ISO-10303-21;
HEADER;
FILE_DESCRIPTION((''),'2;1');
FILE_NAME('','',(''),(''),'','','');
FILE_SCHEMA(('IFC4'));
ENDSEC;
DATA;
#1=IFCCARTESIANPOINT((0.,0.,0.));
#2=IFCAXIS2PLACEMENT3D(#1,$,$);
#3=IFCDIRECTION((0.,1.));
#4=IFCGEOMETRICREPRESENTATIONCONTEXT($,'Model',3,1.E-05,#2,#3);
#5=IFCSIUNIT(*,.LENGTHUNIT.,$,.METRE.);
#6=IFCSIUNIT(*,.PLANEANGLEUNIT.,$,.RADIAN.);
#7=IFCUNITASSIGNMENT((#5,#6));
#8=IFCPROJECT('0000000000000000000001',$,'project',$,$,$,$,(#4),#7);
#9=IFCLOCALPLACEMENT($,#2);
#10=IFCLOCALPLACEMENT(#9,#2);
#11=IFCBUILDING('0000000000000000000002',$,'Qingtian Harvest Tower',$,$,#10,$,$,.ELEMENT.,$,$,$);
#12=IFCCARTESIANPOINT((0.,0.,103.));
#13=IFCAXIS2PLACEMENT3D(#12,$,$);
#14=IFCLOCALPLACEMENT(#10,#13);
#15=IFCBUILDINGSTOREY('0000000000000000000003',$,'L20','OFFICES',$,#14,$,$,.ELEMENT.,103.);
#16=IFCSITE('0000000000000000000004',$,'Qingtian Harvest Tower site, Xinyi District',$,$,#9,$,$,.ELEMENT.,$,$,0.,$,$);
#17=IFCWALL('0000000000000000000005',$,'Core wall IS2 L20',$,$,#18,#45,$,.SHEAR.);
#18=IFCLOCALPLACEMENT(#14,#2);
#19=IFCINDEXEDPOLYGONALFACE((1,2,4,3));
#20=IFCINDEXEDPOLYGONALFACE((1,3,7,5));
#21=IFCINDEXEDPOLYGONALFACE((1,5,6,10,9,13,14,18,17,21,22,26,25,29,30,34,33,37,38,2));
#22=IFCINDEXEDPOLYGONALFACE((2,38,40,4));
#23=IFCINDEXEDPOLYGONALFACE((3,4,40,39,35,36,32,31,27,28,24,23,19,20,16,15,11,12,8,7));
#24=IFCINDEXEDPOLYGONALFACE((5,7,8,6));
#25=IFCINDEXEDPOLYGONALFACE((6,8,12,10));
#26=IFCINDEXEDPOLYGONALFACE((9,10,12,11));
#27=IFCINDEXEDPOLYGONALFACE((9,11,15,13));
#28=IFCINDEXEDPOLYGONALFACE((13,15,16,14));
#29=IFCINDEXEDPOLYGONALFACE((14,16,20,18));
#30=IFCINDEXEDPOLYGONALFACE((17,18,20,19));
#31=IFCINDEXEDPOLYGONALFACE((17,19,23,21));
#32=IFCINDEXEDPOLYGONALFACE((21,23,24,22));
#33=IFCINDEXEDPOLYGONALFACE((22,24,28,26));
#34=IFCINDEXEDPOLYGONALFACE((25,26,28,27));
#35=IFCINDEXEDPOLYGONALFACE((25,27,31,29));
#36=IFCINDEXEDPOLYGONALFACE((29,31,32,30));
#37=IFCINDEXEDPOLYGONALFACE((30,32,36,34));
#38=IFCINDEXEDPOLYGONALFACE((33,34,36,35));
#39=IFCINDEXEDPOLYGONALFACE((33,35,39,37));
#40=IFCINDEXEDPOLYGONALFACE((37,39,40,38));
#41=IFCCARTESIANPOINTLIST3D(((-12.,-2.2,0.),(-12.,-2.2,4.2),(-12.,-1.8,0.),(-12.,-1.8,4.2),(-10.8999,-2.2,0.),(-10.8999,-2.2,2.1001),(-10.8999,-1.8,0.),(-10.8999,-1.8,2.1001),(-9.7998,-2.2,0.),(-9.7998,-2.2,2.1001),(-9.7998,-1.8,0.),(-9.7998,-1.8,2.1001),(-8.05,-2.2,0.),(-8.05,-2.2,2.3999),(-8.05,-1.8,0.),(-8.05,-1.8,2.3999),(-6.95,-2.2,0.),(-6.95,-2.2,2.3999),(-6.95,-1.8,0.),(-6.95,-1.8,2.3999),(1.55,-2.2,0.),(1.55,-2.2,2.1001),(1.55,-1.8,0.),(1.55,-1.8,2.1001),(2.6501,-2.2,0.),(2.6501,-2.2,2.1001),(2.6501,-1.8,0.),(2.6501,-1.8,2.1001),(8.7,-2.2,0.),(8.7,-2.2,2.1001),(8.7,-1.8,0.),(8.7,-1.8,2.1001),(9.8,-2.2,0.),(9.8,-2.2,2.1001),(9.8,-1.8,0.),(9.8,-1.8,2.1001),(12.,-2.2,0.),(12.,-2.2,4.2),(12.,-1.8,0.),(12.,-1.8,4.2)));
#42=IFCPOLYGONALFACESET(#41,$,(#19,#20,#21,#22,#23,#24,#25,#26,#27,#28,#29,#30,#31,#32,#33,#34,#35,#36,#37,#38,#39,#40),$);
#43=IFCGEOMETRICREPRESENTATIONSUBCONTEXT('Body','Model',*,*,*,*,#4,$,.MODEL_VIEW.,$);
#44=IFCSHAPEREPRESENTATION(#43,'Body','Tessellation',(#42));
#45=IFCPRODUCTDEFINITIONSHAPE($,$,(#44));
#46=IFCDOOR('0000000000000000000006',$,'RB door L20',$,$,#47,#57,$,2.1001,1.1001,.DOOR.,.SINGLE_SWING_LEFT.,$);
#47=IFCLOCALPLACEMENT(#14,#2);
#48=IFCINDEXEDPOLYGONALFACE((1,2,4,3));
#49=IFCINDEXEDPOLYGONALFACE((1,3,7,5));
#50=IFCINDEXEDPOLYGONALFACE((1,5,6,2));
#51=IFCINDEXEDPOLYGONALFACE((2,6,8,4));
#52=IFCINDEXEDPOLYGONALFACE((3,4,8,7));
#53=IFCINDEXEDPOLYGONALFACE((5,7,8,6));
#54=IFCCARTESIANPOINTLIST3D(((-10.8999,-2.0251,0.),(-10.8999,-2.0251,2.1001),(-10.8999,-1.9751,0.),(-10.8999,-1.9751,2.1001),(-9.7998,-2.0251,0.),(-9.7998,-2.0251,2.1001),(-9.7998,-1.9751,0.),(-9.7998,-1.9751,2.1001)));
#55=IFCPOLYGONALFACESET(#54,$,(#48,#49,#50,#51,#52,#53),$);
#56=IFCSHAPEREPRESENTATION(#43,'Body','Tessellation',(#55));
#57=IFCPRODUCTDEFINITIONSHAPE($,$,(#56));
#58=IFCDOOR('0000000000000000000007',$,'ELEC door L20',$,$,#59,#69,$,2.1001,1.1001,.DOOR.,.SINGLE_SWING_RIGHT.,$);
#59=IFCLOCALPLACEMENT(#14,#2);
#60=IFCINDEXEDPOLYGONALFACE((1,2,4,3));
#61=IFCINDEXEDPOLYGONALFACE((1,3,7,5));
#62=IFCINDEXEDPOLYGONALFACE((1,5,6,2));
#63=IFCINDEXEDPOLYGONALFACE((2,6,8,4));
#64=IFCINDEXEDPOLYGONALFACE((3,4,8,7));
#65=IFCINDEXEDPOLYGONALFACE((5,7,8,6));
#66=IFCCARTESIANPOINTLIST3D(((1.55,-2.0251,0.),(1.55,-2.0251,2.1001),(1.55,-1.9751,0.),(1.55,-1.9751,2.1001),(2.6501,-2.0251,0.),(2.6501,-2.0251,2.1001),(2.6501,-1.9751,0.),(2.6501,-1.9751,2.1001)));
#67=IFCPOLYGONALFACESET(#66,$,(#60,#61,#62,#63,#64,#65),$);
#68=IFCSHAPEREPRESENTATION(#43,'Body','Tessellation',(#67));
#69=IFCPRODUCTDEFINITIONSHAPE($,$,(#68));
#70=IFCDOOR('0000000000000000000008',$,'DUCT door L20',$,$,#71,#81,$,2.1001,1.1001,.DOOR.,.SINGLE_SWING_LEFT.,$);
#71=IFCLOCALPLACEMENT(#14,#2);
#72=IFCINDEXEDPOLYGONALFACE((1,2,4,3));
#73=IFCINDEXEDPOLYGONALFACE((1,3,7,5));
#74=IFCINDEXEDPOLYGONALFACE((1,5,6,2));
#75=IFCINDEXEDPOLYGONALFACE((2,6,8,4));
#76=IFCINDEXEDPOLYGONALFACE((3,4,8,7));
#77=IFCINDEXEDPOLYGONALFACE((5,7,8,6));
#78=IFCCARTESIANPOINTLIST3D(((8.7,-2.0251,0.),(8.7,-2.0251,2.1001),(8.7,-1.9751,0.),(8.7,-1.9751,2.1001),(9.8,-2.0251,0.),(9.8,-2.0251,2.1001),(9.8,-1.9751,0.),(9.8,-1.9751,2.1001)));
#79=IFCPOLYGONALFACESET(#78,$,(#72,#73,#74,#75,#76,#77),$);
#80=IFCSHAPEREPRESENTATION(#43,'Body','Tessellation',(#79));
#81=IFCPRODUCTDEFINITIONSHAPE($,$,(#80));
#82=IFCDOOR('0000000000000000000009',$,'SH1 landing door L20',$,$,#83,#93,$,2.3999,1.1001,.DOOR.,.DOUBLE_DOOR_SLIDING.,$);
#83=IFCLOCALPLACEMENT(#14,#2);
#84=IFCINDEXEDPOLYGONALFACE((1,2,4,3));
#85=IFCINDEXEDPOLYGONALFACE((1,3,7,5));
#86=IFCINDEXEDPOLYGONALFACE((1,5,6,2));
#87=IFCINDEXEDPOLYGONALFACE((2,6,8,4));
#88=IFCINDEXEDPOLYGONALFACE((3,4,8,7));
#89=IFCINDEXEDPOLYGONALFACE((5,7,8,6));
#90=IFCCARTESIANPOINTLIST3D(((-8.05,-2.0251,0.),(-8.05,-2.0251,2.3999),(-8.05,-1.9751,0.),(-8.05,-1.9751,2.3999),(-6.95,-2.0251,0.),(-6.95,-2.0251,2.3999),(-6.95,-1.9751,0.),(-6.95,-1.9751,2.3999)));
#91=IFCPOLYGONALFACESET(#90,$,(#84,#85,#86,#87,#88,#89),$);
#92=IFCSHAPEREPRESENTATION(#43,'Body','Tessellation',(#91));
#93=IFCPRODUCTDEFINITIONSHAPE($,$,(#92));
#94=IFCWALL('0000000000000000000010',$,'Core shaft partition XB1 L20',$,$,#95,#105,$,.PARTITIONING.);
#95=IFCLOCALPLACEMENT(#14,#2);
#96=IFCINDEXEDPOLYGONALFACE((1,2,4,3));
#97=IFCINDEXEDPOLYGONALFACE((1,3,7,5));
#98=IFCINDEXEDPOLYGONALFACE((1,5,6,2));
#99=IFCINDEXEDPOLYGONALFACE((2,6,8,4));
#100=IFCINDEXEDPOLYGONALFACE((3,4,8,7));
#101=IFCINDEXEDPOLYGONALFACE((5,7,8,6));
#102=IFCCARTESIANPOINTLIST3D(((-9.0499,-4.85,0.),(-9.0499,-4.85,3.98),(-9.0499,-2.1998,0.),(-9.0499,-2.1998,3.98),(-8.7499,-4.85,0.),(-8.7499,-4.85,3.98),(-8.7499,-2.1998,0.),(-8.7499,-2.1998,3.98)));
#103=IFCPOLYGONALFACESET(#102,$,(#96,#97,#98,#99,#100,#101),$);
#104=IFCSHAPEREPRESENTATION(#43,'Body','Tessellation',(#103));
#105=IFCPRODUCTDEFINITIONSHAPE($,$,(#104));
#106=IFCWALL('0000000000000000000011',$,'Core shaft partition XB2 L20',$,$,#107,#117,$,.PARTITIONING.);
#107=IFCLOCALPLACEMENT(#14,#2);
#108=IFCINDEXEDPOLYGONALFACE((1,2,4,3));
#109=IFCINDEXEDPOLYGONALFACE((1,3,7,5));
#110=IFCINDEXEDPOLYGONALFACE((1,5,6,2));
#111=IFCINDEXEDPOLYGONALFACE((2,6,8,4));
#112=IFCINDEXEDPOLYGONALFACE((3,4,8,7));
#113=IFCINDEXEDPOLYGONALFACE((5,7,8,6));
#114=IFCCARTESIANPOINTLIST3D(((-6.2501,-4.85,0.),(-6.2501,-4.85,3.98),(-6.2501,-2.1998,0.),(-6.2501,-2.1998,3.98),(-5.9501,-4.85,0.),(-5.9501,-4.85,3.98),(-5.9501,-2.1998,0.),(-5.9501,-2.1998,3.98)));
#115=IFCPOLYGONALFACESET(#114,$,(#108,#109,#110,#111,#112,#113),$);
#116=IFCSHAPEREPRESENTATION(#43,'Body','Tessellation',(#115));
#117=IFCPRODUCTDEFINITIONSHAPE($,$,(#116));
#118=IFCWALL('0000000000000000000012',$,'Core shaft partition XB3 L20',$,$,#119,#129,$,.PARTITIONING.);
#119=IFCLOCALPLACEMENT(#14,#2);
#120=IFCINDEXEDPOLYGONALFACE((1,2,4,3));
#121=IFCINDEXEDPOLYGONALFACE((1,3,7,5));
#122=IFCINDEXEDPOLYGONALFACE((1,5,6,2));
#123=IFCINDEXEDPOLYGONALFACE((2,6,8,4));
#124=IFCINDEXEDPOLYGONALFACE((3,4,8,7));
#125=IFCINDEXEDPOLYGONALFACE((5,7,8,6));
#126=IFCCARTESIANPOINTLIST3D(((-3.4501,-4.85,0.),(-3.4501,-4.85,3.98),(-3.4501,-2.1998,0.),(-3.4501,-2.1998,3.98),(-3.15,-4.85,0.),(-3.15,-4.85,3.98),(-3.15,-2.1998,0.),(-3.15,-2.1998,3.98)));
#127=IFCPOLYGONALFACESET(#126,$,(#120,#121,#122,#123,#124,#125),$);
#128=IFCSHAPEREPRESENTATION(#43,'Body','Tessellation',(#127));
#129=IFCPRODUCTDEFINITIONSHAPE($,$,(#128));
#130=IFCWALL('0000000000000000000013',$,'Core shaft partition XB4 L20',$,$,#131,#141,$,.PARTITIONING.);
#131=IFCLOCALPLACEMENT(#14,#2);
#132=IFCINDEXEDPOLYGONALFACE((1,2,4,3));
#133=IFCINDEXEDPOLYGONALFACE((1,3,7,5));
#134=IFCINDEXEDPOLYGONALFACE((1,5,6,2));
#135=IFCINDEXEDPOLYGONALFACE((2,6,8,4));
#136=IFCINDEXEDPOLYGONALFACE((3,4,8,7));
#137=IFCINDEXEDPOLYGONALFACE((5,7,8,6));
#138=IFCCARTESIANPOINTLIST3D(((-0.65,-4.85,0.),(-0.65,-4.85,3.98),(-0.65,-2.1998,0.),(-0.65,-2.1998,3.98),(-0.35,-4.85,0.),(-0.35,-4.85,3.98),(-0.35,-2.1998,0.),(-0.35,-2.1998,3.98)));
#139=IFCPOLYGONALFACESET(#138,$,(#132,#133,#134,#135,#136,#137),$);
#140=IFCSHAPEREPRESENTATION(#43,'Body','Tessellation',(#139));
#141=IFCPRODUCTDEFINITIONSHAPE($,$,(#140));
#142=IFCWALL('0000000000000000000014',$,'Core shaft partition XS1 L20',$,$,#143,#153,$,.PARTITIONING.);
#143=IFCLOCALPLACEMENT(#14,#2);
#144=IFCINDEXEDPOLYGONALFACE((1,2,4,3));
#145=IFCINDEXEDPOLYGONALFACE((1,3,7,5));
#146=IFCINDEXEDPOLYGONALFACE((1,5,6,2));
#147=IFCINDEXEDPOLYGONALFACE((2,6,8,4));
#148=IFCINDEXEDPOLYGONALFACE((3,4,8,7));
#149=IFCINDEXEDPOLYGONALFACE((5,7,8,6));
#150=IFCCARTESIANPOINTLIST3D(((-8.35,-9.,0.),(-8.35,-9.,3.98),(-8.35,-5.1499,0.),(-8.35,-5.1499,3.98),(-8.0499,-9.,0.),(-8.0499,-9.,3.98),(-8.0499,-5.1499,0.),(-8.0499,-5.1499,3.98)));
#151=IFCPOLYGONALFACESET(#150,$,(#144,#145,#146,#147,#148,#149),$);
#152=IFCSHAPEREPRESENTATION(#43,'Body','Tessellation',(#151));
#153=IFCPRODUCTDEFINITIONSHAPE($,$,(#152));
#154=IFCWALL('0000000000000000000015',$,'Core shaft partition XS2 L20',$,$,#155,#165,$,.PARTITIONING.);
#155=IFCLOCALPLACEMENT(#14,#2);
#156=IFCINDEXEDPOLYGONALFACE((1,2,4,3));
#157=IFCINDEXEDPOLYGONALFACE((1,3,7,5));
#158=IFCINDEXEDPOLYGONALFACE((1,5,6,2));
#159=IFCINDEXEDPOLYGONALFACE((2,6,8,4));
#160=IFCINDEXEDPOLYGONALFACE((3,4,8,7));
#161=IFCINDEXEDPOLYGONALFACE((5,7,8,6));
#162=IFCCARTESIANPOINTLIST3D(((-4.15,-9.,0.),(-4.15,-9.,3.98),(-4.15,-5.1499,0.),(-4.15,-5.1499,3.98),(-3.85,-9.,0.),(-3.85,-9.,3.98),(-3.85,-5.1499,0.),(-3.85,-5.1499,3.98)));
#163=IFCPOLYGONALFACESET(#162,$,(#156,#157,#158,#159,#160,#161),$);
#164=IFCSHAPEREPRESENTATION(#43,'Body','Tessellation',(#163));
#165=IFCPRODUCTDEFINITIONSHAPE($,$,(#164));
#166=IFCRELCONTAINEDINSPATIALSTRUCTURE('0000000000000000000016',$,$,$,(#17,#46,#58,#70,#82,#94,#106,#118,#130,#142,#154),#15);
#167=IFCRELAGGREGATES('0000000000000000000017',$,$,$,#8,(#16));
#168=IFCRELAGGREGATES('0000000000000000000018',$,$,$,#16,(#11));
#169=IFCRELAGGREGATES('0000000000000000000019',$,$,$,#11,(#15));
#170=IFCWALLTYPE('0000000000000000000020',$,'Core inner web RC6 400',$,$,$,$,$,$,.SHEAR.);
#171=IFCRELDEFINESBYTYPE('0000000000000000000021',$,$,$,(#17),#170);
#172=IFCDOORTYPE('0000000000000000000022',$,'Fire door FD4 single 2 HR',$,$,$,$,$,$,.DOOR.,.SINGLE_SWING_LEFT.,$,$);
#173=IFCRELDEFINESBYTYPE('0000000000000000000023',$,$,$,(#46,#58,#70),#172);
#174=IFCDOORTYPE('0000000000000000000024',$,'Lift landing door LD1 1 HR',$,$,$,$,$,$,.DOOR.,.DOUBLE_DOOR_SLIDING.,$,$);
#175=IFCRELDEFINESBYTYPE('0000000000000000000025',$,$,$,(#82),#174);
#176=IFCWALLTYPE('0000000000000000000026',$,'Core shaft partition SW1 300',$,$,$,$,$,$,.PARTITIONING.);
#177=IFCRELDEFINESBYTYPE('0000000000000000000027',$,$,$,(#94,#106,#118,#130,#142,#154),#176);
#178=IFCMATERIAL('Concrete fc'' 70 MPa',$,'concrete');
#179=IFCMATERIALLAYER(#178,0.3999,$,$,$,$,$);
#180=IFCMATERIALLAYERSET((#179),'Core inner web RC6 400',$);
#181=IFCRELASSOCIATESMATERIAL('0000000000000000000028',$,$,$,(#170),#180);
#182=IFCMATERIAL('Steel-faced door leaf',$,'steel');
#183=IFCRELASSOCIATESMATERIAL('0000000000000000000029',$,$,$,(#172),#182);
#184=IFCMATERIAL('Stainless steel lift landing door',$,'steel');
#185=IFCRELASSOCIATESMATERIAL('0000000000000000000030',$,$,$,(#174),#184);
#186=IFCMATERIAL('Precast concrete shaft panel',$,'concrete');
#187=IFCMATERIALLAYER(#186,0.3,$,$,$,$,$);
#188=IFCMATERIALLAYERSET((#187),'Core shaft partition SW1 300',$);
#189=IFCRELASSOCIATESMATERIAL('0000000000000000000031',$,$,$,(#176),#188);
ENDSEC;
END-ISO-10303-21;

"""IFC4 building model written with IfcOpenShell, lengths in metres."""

from ifc_helpers import new_model, si_unit, direction, frame, frame_2d, origin, place, context, subcontext, project, spatial, rectangle, extrude, material, layer, layer_set, type_object, element, fill, save


model = new_model("IFC4")

# Units and contexts
model_context = context("Model", 3, precision=1e-05, world=origin(), true_north=direction((0.0, 1.0)))
body_context = subcontext(model_context, "Body", "Model", "MODEL_VIEW")
ifc_project = project(units=[si_unit("LENGTHUNIT", "METRE"), si_unit("PLANEANGLEUNIT", "RADIAN")], contexts=[model_context])

# Site, building, storey
site_placement = place(None, origin())
site = spatial("IfcSite", under=ifc_project, at=site_placement, Name="Qingtian Harvest Tower site, Xinyi District", CompositionType="ELEMENT", RefElevation=0.0)
building_placement = place(site_placement, origin())
building = spatial("IfcBuilding", under=site, at=building_placement, Name="Qingtian Harvest Tower", CompositionType="ELEMENT")
storey_placement = place(building_placement, frame((0.0, 0.0, 103.0)))
storey = spatial("IfcBuildingStorey", under=building, at=storey_placement, Name="L20", Description="OFFICES", CompositionType="ELEMENT", Elevation=103.0)

# Wall, openings, doors
ifc_material_1 = material(Name="Concrete fc' 70 MPa", Category="concrete")
ifc_layer_1 = layer(ifc_material_1, 0.3999)
ifc_layer_set_1 = layer_set([ifc_layer_1], Name="Core inner web RC6 400")
wall_type_1 = type_object("IfcWallType", Name="Core inner web RC6 400", PredefinedType="SHEAR", material=ifc_layer_set_1)
wall_1_placement = place(storey_placement, frame((-12.0, -2.0, 0.0), z_axis=(0.0, 0.0, 1.0), x_axis=(1.0, 0.0, 0.0)))
wall_1 = element("IfcWall", 1, at=wall_1_placement, inside=storey, type_object=wall_type_1, Name="Core wall IS2 L20", PredefinedType="SHEAR", context=body_context, shape_type="SweptSolid", body=[
    extrude(rectangle(XDim=24.0, YDim=0.3999, at=frame_2d((12.0, 0.0))), origin(), (0.0, 0.0, 1.0), 4.2),
])
opening_1_placement = place(wall_1_placement, frame((1.1001, 0.0, 0.0)))
opening_1 = element("IfcOpeningElement", 2, at=opening_1_placement, cuts=wall_1, PredefinedType="OPENING", context=body_context, shape_type="SweptSolid", body=[
    extrude(rectangle(XDim=1.1001, YDim=2.1001, at=frame_2d((0.55, 1.05))), frame((0.0, 0.21, 0.0), z_axis=(0.0, -1.0, 0.0), x_axis=(1.0, 0.0, 0.0)), (0.0, 0.0, 1.0), 0.4199),
])
opening_2_placement = place(wall_1_placement, frame((13.55, 0.0, 0.0)))
opening_2 = element("IfcOpeningElement", 3, at=opening_2_placement, cuts=wall_1, PredefinedType="OPENING", context=body_context, shape_type="SweptSolid", body=[
    extrude(rectangle(XDim=1.1001, YDim=2.1001, at=frame_2d((0.55, 1.05))), frame((0.0, 0.21, 0.0), z_axis=(0.0, -1.0, 0.0), x_axis=(1.0, 0.0, 0.0)), (0.0, 0.0, 1.0), 0.4199),
])
opening_3_placement = place(wall_1_placement, frame((20.7, 0.0, 0.0)))
opening_3 = element("IfcOpeningElement", 4, at=opening_3_placement, cuts=wall_1, PredefinedType="OPENING", context=body_context, shape_type="SweptSolid", body=[
    extrude(rectangle(XDim=1.1001, YDim=2.1001, at=frame_2d((0.55, 1.05))), frame((0.0, 0.21, 0.0), z_axis=(0.0, -1.0, 0.0), x_axis=(1.0, 0.0, 0.0)), (0.0, 0.0, 1.0), 0.4199),
])
opening_4_placement = place(wall_1_placement, frame((3.95, 0.0, 0.0)))
opening_4 = element("IfcOpeningElement", 5, at=opening_4_placement, cuts=wall_1, PredefinedType="OPENING", context=body_context, shape_type="SweptSolid", body=[
    extrude(rectangle(XDim=1.1001, YDim=2.3999, at=frame_2d((0.55, 1.2))), frame((0.0, 0.21, 0.0), z_axis=(0.0, -1.0, 0.0), x_axis=(1.0, 0.0, 0.0)), (0.0, 0.0, 1.0), 0.4199),
])
ifc_material_2 = material(Name="Steel-faced door leaf", Category="steel")
door_type_1 = type_object("IfcDoorType", Name="Fire door FD4 single 2 HR", OperationType="SINGLE_SWING_LEFT", PredefinedType="DOOR", material=ifc_material_2)
door_1_placement = place(opening_1_placement, origin())
door_1 = element("IfcDoor", 6, at=door_1_placement, inside=storey, type_object=door_type_1, Name="RB door L20", OperationType="SINGLE_SWING_LEFT", OverallHeight=2.1001, OverallWidth=1.1001, PredefinedType="DOOR", context=body_context, shape_type="SweptSolid", body=[
    extrude(rectangle(XDim=1.1001, YDim=2.1001, at=frame_2d((0.55, 1.05))), frame((0.0, 0.0249, 0.0), z_axis=(0.0, -1.0, 0.0), x_axis=(1.0, 0.0, 0.0)), (0.0, 0.0, 1.0), 0.05),
])
fill(opening_1, door_1)
door_2_placement = place(opening_2_placement, origin())
door_2 = element("IfcDoor", 7, at=door_2_placement, inside=storey, type_object=door_type_1, Name="ELEC door L20", OperationType="SINGLE_SWING_RIGHT", OverallHeight=2.1001, OverallWidth=1.1001, PredefinedType="DOOR", context=body_context, shape_type="SweptSolid", body=[
    extrude(rectangle(XDim=1.1001, YDim=2.1001, at=frame_2d((0.55, 1.05))), frame((0.0, 0.0249, 0.0), z_axis=(0.0, -1.0, 0.0), x_axis=(1.0, 0.0, 0.0)), (0.0, 0.0, 1.0), 0.05),
])
fill(opening_2, door_2)
door_3_placement = place(opening_3_placement, origin())
door_3 = element("IfcDoor", 8, at=door_3_placement, inside=storey, type_object=door_type_1, Name="DUCT door L20", OperationType="SINGLE_SWING_LEFT", OverallHeight=2.1001, OverallWidth=1.1001, PredefinedType="DOOR", context=body_context, shape_type="SweptSolid", body=[
    extrude(rectangle(XDim=1.1001, YDim=2.1001, at=frame_2d((0.55, 1.05))), frame((0.0, 0.0249, 0.0), z_axis=(0.0, -1.0, 0.0), x_axis=(1.0, 0.0, 0.0)), (0.0, 0.0, 1.0), 0.05),
])
fill(opening_3, door_3)
ifc_material_3 = material(Name="Stainless steel lift landing door", Category="steel")
door_type_2 = type_object("IfcDoorType", Name="Lift landing door LD1 1 HR", OperationType="DOUBLE_DOOR_SLIDING", PredefinedType="DOOR", material=ifc_material_3)
door_4_placement = place(opening_4_placement, origin())
door_4 = element("IfcDoor", 9, at=door_4_placement, inside=storey, type_object=door_type_2, Name="SH1 landing door L20", OperationType="DOUBLE_DOOR_SLIDING", OverallHeight=2.3999, OverallWidth=1.1001, PredefinedType="DOOR", context=body_context, shape_type="SweptSolid", body=[
    extrude(rectangle(XDim=1.1001, YDim=2.3999, at=frame_2d((0.55, 1.2))), frame((0.0, 0.0249, 0.0), z_axis=(0.0, -1.0, 0.0), x_axis=(1.0, 0.0, 0.0)), (0.0, 0.0, 1.0), 0.05),
])
fill(opening_4, door_4)

# Walls
ifc_material_4 = material(Name="Precast concrete shaft panel", Category="concrete")
ifc_layer_2 = layer(ifc_material_4, 0.3)
ifc_layer_set_2 = layer_set([ifc_layer_2], Name="Core shaft partition SW1 300")
wall_type_2 = type_object("IfcWallType", Name="Core shaft partition SW1 300", PredefinedType="PARTITIONING", material=ifc_layer_set_2)
for number, where, z_axis, x_axis, name in (
    (10, (-8.8999, -4.8501, 0.0), (0.0, 0.0, 1.0), (0.0, 1.0, 0.0), "Core shaft partition XB1 L20"),
    (11, (-6.1001, -4.8501, 0.0), (0.0, 0.0, 1.0), (0.0, 1.0, 0.0), "Core shaft partition XB2 L20"),
    (12, (-3.3, -4.8501, 0.0), (0.0, 0.0, 1.0), (0.0, 1.0, 0.0), "Core shaft partition XB3 L20"),
    (13, (-0.5, -4.8501, 0.0), (0.0, 0.0, 1.0), (0.0, 1.0, 0.0), "Core shaft partition XB4 L20"),
):
    element("IfcWall", number, at=place(storey_placement, frame(where, z_axis=z_axis, x_axis=x_axis)), inside=storey, type_object=wall_type_2, Name=name, PredefinedType="PARTITIONING", context=body_context, shape_type="SweptSolid", body=[
        extrude(rectangle(XDim=2.6501, YDim=0.3, at=frame_2d((1.3252, 0.0))), origin(), (0.0, 0.0, 1.0), 3.98),
    ])
for number, where, z_axis, x_axis, name in (
    (14, (-8.2, -9.0, 0.0), (0.0, 0.0, 1.0), (0.0, 1.0, 0.0), "Core shaft partition XS1 L20"),
    (15, (-4.0, -9.0, 0.0), (0.0, 0.0, 1.0), (0.0, 1.0, 0.0), "Core shaft partition XS2 L20"),
):
    element("IfcWall", number, at=place(storey_placement, frame(where, z_axis=z_axis, x_axis=x_axis)), inside=storey, type_object=wall_type_2, Name=name, PredefinedType="PARTITIONING", context=body_context, shape_type="SweptSolid", body=[
        extrude(rectangle(XDim=3.8501, YDim=0.3, at=frame_2d((1.925, 0.0))), origin(), (0.0, 0.0, 1.0), 3.98),
    ])

save(model, "model.ifc")
